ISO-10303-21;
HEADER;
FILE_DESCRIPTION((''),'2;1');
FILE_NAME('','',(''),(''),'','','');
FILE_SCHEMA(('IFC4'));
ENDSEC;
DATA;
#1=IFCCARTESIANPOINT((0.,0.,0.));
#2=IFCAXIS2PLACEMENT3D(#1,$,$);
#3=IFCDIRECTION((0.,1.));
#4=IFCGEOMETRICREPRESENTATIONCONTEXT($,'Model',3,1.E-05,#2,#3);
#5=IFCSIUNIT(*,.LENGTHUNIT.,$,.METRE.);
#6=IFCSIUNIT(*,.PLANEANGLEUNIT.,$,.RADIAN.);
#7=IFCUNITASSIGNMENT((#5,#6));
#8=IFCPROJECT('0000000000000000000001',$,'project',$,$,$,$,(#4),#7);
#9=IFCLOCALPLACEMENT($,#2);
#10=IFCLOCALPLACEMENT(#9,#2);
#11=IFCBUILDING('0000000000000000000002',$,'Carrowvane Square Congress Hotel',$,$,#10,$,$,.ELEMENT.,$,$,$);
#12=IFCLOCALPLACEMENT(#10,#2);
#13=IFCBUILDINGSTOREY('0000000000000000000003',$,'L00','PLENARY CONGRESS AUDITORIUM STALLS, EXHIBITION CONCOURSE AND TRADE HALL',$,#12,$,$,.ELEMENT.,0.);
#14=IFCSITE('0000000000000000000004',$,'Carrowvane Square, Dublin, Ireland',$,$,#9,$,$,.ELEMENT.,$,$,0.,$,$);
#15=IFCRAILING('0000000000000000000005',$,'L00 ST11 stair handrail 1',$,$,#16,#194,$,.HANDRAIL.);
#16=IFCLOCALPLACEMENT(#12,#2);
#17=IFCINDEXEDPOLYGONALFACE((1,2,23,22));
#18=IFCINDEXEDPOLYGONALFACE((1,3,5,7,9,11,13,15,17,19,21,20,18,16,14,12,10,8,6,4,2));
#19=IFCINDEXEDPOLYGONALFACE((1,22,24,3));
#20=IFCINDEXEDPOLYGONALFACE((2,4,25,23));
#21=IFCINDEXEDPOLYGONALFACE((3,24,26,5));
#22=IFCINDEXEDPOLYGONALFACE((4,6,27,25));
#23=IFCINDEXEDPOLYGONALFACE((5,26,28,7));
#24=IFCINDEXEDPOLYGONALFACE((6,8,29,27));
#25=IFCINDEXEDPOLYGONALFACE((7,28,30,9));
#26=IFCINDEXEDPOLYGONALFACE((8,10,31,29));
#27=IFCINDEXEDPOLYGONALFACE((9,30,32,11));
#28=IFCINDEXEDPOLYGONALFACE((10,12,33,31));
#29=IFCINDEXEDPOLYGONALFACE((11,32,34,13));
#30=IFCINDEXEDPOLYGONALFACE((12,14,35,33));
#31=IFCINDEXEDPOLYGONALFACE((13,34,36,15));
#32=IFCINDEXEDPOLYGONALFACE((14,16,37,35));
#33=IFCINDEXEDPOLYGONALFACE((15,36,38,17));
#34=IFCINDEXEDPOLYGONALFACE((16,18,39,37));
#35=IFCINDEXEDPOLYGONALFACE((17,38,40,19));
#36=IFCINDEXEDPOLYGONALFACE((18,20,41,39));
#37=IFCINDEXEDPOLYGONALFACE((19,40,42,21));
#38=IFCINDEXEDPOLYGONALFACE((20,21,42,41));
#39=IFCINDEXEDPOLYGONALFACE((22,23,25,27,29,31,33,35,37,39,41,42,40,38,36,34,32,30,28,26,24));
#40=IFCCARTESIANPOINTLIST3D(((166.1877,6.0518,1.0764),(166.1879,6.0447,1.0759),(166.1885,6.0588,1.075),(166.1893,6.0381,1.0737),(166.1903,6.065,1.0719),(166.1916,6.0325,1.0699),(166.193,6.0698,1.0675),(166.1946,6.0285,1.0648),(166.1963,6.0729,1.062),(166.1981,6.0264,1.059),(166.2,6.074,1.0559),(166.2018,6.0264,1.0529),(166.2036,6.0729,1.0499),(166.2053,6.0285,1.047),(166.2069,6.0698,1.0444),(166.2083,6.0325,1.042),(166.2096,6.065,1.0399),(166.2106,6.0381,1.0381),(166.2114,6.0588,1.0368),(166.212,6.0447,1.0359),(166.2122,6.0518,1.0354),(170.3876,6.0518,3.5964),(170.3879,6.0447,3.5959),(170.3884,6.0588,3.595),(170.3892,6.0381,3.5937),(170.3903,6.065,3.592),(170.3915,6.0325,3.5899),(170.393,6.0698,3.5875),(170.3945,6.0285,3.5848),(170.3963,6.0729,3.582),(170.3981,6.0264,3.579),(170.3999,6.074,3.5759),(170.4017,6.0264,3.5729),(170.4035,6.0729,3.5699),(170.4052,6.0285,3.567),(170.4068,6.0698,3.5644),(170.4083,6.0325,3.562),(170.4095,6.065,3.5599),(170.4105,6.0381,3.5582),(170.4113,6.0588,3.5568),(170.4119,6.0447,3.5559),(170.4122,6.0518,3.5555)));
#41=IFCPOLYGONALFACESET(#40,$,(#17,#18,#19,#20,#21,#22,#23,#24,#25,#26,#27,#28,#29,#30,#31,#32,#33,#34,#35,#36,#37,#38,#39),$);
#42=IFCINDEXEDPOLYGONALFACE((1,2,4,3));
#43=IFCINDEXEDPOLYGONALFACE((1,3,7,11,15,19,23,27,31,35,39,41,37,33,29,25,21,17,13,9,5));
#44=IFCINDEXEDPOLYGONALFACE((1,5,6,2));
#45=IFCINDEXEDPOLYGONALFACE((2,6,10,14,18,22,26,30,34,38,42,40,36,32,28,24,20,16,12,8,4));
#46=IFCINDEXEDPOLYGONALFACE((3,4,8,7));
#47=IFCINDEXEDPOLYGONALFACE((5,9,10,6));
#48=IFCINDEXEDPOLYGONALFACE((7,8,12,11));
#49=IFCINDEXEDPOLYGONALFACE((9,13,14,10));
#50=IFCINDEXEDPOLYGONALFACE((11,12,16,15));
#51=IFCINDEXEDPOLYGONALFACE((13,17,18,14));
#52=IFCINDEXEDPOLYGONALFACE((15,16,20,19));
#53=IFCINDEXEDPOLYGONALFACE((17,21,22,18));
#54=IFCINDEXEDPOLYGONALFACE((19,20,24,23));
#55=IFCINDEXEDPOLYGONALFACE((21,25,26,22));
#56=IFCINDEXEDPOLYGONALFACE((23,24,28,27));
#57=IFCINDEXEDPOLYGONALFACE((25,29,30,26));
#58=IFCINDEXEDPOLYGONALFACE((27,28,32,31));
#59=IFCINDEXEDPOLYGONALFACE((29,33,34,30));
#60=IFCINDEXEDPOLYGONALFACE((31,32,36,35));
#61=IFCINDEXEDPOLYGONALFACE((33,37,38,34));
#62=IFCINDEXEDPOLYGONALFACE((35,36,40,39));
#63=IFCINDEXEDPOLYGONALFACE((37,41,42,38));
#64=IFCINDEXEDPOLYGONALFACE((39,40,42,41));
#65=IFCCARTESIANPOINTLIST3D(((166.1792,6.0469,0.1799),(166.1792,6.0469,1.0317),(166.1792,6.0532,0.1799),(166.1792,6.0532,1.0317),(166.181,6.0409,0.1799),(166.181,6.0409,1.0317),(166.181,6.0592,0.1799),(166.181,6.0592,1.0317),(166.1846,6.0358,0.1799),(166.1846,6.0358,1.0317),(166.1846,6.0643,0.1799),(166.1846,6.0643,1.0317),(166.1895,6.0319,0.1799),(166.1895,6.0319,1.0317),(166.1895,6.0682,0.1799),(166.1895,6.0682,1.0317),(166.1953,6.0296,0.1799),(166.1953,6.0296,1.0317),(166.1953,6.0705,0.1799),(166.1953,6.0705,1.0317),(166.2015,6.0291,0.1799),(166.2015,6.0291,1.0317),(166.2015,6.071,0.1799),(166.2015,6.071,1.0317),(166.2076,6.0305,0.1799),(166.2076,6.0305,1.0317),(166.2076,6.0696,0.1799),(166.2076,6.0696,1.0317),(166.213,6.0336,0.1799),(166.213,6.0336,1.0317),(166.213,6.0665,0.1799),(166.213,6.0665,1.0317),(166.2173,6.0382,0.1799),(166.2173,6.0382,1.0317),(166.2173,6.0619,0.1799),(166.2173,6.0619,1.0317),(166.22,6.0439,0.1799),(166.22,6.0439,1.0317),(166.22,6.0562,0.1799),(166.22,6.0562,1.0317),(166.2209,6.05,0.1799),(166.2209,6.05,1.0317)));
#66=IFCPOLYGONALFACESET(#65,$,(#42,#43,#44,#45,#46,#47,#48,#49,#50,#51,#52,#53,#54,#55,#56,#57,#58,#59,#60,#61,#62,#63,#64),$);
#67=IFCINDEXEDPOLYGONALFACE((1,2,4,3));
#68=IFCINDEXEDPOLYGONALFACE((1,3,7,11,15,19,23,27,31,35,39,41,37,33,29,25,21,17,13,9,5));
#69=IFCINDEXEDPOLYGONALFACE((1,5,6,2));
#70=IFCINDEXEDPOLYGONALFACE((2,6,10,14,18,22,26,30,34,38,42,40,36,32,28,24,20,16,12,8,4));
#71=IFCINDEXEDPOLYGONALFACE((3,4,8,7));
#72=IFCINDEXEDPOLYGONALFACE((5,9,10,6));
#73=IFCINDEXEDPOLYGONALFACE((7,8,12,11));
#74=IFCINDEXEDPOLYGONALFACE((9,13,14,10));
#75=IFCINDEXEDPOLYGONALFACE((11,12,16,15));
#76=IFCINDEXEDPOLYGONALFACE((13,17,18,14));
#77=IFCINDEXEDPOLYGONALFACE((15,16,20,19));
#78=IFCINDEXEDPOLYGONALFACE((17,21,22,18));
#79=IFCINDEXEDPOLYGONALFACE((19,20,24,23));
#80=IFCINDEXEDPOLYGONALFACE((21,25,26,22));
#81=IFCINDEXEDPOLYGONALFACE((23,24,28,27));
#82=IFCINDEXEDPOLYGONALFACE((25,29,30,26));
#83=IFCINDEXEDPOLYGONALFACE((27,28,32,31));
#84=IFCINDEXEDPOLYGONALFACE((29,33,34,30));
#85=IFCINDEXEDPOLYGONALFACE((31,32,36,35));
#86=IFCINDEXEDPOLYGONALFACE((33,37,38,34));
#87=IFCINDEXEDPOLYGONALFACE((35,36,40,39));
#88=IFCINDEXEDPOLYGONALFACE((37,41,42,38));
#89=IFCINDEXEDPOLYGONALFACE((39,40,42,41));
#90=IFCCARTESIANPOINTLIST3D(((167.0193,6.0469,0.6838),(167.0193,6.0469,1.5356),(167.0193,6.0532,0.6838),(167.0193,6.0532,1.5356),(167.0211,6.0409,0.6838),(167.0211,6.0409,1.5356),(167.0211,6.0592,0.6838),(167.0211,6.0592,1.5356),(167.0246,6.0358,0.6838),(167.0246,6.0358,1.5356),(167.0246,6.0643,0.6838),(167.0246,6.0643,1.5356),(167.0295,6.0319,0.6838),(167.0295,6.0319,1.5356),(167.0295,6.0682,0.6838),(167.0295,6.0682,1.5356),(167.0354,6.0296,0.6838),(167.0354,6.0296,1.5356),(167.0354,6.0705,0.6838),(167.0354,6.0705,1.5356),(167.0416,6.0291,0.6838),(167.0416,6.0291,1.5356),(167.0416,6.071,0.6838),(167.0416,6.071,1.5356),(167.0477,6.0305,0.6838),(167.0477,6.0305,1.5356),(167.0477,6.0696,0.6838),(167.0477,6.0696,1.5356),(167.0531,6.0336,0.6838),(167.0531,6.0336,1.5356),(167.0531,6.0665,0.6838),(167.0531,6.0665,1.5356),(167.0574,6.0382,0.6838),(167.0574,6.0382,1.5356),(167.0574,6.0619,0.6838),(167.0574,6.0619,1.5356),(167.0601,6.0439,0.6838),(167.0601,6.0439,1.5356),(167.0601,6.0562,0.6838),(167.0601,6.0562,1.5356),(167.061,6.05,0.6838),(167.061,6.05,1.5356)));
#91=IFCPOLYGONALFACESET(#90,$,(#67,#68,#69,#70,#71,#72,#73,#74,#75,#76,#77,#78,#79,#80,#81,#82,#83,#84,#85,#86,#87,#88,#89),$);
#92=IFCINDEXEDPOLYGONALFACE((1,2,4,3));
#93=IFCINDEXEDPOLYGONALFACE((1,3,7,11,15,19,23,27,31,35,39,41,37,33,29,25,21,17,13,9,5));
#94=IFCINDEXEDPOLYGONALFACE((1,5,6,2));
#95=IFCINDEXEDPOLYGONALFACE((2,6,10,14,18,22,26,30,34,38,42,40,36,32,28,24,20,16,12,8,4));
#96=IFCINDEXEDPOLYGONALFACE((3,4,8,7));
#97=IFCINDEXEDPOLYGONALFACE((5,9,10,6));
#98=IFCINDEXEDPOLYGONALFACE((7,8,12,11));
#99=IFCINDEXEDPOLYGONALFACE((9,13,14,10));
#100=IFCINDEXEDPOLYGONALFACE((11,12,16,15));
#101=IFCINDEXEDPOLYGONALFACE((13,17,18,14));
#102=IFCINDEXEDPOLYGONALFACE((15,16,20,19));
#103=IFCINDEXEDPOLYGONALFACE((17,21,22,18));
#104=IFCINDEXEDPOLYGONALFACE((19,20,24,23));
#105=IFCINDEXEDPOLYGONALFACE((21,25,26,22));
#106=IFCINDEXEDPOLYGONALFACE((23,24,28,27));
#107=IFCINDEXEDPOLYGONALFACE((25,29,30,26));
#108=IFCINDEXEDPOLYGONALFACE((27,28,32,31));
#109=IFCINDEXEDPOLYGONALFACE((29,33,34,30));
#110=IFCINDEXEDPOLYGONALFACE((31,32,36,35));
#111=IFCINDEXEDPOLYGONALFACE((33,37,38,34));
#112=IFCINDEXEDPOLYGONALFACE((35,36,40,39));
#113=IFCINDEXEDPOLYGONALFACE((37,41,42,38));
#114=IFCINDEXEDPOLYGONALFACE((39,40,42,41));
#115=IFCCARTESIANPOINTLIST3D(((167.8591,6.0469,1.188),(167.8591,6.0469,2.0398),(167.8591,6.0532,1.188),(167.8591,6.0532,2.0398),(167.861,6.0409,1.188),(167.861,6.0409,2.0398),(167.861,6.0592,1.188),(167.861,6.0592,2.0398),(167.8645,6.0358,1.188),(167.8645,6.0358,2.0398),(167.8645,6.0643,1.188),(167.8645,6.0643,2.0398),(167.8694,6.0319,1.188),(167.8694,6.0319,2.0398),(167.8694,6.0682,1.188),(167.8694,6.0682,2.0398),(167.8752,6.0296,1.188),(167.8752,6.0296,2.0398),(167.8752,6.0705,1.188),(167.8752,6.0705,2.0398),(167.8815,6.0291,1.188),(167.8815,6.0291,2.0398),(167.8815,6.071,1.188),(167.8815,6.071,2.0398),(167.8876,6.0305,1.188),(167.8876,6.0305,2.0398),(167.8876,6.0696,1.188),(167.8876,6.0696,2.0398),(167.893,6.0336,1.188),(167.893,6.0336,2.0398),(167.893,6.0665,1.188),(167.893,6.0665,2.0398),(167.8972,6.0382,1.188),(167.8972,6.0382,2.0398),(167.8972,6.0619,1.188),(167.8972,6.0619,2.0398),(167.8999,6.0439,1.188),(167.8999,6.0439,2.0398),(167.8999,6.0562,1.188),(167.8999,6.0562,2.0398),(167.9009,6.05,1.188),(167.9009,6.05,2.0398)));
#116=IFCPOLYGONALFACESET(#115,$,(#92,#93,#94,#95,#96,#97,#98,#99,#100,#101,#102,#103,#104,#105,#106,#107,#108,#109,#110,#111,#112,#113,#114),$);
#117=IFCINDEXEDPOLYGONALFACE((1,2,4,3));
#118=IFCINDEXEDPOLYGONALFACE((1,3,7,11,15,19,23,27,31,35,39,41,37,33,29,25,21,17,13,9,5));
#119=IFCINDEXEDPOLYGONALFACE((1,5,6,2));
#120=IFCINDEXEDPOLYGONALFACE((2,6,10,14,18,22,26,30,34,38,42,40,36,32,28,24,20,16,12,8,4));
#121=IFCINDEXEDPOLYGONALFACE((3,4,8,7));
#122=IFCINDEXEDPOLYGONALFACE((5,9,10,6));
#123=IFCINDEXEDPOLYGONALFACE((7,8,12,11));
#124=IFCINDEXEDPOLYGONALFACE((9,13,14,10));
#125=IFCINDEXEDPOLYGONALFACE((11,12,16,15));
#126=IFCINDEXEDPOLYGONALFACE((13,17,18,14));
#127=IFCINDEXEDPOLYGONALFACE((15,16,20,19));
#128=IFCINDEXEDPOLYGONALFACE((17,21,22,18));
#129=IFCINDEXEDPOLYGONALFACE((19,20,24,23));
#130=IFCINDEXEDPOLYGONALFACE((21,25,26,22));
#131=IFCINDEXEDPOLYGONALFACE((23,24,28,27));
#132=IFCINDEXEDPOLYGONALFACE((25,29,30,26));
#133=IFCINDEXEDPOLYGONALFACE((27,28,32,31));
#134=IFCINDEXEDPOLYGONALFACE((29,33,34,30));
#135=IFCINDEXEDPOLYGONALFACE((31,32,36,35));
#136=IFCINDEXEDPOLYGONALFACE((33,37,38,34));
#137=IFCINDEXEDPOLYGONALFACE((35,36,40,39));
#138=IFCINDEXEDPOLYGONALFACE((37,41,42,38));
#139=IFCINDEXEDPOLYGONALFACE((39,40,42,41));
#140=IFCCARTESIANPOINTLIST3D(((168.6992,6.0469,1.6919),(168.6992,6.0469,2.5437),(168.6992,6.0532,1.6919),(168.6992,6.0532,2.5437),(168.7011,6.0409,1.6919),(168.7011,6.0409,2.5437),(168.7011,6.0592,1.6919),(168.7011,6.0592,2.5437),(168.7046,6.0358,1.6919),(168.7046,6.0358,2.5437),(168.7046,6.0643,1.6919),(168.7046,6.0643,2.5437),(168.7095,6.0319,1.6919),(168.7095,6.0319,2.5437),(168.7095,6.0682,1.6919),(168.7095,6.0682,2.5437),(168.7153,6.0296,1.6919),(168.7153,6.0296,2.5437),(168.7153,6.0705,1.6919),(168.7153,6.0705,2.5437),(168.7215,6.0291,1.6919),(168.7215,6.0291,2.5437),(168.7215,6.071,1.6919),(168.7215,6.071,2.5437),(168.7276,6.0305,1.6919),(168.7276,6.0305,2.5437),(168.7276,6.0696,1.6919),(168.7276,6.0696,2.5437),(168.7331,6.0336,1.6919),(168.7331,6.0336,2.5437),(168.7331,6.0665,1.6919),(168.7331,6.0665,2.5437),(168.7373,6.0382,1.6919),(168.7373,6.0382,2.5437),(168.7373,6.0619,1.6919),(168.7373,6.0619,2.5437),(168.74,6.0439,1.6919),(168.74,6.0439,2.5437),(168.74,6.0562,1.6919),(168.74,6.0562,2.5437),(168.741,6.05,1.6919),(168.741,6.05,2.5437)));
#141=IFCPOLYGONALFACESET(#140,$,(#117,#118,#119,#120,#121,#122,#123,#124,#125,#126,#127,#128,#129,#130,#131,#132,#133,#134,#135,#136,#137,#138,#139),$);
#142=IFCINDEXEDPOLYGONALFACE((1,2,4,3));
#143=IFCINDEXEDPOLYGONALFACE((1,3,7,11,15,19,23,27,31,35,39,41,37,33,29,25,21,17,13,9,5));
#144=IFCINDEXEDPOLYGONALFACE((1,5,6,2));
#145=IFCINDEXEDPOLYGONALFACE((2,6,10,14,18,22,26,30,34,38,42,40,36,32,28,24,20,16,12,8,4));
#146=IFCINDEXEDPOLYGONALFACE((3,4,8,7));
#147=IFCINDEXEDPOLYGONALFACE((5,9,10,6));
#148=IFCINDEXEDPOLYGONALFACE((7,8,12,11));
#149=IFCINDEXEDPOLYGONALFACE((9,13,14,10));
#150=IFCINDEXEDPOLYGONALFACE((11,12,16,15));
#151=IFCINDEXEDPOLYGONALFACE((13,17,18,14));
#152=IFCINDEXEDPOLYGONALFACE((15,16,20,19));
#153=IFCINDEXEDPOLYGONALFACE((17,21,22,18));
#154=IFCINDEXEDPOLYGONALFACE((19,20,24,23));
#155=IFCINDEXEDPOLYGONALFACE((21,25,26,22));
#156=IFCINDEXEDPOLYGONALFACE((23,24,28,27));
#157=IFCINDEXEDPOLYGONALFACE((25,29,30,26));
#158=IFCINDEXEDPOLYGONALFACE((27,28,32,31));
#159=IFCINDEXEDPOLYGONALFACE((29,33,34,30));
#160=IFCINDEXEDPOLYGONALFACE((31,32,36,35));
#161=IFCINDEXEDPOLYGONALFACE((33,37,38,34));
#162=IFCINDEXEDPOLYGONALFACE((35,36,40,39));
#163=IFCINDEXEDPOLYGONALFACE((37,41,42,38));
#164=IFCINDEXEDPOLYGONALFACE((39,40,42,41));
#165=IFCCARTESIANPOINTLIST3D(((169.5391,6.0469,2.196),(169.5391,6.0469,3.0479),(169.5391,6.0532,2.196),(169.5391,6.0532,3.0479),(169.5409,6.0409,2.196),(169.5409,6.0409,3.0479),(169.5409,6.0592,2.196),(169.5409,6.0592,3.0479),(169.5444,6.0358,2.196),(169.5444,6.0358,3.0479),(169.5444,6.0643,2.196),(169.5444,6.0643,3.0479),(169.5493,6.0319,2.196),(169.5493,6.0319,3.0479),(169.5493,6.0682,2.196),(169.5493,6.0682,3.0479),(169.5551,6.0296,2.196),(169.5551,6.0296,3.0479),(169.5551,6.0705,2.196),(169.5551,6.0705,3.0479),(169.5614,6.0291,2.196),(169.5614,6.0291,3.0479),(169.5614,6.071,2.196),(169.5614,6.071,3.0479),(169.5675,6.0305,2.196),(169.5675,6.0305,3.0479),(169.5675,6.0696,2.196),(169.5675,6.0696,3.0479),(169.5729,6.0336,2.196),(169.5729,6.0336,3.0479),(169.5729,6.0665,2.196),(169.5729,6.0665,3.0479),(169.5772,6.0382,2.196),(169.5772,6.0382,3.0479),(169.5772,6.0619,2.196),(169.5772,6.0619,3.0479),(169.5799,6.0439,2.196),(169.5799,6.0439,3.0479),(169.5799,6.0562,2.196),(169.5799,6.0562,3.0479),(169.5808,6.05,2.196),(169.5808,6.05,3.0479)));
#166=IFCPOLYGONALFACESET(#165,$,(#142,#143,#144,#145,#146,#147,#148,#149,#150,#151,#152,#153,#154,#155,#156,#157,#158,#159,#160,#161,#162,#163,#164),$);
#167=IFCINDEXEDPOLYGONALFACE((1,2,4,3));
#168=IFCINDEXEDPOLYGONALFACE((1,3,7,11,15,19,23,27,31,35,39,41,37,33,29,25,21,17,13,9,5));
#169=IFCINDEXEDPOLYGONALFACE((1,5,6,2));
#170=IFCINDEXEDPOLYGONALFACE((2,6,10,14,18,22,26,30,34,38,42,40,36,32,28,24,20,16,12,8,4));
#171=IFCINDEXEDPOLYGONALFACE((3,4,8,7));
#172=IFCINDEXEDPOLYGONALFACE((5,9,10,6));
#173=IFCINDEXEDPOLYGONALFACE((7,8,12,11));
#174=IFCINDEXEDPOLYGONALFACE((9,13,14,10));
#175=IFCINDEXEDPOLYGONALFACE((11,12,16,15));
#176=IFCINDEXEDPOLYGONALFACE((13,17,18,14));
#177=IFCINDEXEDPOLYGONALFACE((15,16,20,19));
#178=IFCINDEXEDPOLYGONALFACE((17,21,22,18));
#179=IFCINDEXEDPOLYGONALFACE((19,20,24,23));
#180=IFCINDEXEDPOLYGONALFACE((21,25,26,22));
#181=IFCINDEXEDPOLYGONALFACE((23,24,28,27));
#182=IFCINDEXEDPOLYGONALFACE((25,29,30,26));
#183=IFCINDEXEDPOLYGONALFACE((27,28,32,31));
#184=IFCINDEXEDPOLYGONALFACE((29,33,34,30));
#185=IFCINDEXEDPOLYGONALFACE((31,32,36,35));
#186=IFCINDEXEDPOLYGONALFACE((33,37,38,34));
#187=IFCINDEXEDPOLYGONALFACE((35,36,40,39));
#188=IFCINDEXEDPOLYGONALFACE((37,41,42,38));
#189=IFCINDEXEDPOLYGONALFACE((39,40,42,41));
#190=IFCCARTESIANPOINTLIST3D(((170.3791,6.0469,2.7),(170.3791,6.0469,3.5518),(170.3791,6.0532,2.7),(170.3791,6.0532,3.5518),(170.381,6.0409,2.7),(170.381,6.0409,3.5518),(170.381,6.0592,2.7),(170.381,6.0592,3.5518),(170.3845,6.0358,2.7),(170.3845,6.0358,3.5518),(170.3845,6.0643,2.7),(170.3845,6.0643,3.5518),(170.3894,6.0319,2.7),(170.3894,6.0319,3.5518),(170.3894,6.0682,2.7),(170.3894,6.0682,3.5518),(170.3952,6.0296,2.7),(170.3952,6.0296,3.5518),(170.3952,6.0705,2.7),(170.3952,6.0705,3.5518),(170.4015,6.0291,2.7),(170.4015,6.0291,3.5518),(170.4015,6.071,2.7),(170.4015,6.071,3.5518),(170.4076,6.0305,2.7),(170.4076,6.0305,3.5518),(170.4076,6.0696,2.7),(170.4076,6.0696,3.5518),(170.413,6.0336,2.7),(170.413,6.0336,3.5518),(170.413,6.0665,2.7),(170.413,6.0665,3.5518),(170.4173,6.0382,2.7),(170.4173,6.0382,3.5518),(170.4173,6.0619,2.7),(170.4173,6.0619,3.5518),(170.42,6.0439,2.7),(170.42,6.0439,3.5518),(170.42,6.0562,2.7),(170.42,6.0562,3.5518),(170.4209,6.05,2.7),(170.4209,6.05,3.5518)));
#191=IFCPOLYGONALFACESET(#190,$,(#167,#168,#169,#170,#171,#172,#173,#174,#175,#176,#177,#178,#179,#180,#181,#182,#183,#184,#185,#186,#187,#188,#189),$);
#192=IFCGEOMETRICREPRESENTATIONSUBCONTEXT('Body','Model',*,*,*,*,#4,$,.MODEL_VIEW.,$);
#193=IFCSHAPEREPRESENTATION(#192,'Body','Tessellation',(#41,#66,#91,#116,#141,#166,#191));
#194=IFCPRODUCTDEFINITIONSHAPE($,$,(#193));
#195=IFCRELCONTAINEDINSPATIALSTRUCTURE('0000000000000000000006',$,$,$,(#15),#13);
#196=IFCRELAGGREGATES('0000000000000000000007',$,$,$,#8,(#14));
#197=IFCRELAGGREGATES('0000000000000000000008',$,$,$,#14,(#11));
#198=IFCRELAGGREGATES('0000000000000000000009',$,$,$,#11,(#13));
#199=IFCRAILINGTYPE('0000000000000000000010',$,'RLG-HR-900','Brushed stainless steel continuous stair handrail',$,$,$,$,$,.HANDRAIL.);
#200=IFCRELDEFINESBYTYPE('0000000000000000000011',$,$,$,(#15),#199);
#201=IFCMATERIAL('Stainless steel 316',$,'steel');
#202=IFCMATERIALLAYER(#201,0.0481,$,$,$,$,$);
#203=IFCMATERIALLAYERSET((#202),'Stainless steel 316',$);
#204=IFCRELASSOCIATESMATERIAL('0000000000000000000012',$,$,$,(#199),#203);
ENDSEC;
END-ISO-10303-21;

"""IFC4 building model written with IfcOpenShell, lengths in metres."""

from ifc_helpers import new_model, si_unit, direction, frame, origin, origin_2d, place, context, subcontext, project, spatial, circle, extrude, material, layer, layer_set, type_object, element, save


model = new_model("IFC4")

# Units and contexts
model_context = context("Model", 3, precision=1e-05, world=origin(), true_north=direction((0.0, 1.0)))
body_context = subcontext(model_context, "Body", "Model", "MODEL_VIEW")
ifc_project = project(units=[si_unit("LENGTHUNIT", "METRE"), si_unit("PLANEANGLEUNIT", "RADIAN")], contexts=[model_context])

# Site, building, storey
site_placement = place(None, origin())
site = spatial("IfcSite", under=ifc_project, at=site_placement, Name="Carrowvane Square, Dublin, Ireland", CompositionType="ELEMENT", RefElevation=0.0)
building_placement = place(site_placement, origin())
building = spatial("IfcBuilding", under=site, at=building_placement, Name="Carrowvane Square Congress Hotel", CompositionType="ELEMENT")
storey_placement = place(building_placement, origin())
storey = spatial("IfcBuildingStorey", under=building, at=storey_placement, Name="L00", Description="PLENARY CONGRESS AUDITORIUM STALLS, EXHIBITION CONCOURSE AND TRADE HALL", CompositionType="ELEMENT", Elevation=0.0)

# Railing
ifc_material_1 = material(Name="Stainless steel 316", Category="steel")
ifc_layer_1 = layer(ifc_material_1, 0.0481)
ifc_layer_set_1 = layer_set([ifc_layer_1], Name="Stainless steel 316")
railing_type_1 = type_object("IfcRailingType", Name="RLG-HR-900", Description="Brushed stainless steel continuous stair handrail", PredefinedType="HANDRAIL", material=ifc_layer_set_1)
railing_1_placement = place(storey_placement, frame((166.2, 6.05, 0.1799)))
element("IfcRailing", 1, at=railing_1_placement, inside=storey, type_object=railing_type_1, Name="L00 ST11 stair handrail 1", PredefinedType="HANDRAIL", context=body_context, shape_type="SweptSolid", body=[
    extrude(circle(Radius=0.0239, at=origin_2d()), frame((0.0, 0.0, 0.876), z_axis=(0.857489, 0.0, 0.514503), x_axis=(0.0, 1.0, 0.0)), (0.0, 0.0, 1.0), 4.8979),
    extrude(circle(Radius=0.021, at=origin_2d()), origin(), (0.0, 0.0, 1.0), 0.8518),
    extrude(circle(Radius=0.021, at=origin_2d()), frame((0.8401, 0.0, 0.5039)), (0.0, 0.0, 1.0), 0.8518),
    extrude(circle(Radius=0.021, at=origin_2d()), frame((1.6799, 0.0, 1.0081)), (0.0, 0.0, 1.0), 0.8518),
    extrude(circle(Radius=0.021, at=origin_2d()), frame((2.52, 0.0, 1.512)), (0.0, 0.0, 1.0), 0.8518),
    extrude(circle(Radius=0.021, at=origin_2d()), frame((3.3599, 0.0, 2.0161)), (0.0, 0.0, 1.0), 0.8518),
    extrude(circle(Radius=0.021, at=origin_2d()), frame((4.2, 0.0, 2.52)), (0.0, 0.0, 1.0), 0.8518),
])

save(model, "model.ifc")
